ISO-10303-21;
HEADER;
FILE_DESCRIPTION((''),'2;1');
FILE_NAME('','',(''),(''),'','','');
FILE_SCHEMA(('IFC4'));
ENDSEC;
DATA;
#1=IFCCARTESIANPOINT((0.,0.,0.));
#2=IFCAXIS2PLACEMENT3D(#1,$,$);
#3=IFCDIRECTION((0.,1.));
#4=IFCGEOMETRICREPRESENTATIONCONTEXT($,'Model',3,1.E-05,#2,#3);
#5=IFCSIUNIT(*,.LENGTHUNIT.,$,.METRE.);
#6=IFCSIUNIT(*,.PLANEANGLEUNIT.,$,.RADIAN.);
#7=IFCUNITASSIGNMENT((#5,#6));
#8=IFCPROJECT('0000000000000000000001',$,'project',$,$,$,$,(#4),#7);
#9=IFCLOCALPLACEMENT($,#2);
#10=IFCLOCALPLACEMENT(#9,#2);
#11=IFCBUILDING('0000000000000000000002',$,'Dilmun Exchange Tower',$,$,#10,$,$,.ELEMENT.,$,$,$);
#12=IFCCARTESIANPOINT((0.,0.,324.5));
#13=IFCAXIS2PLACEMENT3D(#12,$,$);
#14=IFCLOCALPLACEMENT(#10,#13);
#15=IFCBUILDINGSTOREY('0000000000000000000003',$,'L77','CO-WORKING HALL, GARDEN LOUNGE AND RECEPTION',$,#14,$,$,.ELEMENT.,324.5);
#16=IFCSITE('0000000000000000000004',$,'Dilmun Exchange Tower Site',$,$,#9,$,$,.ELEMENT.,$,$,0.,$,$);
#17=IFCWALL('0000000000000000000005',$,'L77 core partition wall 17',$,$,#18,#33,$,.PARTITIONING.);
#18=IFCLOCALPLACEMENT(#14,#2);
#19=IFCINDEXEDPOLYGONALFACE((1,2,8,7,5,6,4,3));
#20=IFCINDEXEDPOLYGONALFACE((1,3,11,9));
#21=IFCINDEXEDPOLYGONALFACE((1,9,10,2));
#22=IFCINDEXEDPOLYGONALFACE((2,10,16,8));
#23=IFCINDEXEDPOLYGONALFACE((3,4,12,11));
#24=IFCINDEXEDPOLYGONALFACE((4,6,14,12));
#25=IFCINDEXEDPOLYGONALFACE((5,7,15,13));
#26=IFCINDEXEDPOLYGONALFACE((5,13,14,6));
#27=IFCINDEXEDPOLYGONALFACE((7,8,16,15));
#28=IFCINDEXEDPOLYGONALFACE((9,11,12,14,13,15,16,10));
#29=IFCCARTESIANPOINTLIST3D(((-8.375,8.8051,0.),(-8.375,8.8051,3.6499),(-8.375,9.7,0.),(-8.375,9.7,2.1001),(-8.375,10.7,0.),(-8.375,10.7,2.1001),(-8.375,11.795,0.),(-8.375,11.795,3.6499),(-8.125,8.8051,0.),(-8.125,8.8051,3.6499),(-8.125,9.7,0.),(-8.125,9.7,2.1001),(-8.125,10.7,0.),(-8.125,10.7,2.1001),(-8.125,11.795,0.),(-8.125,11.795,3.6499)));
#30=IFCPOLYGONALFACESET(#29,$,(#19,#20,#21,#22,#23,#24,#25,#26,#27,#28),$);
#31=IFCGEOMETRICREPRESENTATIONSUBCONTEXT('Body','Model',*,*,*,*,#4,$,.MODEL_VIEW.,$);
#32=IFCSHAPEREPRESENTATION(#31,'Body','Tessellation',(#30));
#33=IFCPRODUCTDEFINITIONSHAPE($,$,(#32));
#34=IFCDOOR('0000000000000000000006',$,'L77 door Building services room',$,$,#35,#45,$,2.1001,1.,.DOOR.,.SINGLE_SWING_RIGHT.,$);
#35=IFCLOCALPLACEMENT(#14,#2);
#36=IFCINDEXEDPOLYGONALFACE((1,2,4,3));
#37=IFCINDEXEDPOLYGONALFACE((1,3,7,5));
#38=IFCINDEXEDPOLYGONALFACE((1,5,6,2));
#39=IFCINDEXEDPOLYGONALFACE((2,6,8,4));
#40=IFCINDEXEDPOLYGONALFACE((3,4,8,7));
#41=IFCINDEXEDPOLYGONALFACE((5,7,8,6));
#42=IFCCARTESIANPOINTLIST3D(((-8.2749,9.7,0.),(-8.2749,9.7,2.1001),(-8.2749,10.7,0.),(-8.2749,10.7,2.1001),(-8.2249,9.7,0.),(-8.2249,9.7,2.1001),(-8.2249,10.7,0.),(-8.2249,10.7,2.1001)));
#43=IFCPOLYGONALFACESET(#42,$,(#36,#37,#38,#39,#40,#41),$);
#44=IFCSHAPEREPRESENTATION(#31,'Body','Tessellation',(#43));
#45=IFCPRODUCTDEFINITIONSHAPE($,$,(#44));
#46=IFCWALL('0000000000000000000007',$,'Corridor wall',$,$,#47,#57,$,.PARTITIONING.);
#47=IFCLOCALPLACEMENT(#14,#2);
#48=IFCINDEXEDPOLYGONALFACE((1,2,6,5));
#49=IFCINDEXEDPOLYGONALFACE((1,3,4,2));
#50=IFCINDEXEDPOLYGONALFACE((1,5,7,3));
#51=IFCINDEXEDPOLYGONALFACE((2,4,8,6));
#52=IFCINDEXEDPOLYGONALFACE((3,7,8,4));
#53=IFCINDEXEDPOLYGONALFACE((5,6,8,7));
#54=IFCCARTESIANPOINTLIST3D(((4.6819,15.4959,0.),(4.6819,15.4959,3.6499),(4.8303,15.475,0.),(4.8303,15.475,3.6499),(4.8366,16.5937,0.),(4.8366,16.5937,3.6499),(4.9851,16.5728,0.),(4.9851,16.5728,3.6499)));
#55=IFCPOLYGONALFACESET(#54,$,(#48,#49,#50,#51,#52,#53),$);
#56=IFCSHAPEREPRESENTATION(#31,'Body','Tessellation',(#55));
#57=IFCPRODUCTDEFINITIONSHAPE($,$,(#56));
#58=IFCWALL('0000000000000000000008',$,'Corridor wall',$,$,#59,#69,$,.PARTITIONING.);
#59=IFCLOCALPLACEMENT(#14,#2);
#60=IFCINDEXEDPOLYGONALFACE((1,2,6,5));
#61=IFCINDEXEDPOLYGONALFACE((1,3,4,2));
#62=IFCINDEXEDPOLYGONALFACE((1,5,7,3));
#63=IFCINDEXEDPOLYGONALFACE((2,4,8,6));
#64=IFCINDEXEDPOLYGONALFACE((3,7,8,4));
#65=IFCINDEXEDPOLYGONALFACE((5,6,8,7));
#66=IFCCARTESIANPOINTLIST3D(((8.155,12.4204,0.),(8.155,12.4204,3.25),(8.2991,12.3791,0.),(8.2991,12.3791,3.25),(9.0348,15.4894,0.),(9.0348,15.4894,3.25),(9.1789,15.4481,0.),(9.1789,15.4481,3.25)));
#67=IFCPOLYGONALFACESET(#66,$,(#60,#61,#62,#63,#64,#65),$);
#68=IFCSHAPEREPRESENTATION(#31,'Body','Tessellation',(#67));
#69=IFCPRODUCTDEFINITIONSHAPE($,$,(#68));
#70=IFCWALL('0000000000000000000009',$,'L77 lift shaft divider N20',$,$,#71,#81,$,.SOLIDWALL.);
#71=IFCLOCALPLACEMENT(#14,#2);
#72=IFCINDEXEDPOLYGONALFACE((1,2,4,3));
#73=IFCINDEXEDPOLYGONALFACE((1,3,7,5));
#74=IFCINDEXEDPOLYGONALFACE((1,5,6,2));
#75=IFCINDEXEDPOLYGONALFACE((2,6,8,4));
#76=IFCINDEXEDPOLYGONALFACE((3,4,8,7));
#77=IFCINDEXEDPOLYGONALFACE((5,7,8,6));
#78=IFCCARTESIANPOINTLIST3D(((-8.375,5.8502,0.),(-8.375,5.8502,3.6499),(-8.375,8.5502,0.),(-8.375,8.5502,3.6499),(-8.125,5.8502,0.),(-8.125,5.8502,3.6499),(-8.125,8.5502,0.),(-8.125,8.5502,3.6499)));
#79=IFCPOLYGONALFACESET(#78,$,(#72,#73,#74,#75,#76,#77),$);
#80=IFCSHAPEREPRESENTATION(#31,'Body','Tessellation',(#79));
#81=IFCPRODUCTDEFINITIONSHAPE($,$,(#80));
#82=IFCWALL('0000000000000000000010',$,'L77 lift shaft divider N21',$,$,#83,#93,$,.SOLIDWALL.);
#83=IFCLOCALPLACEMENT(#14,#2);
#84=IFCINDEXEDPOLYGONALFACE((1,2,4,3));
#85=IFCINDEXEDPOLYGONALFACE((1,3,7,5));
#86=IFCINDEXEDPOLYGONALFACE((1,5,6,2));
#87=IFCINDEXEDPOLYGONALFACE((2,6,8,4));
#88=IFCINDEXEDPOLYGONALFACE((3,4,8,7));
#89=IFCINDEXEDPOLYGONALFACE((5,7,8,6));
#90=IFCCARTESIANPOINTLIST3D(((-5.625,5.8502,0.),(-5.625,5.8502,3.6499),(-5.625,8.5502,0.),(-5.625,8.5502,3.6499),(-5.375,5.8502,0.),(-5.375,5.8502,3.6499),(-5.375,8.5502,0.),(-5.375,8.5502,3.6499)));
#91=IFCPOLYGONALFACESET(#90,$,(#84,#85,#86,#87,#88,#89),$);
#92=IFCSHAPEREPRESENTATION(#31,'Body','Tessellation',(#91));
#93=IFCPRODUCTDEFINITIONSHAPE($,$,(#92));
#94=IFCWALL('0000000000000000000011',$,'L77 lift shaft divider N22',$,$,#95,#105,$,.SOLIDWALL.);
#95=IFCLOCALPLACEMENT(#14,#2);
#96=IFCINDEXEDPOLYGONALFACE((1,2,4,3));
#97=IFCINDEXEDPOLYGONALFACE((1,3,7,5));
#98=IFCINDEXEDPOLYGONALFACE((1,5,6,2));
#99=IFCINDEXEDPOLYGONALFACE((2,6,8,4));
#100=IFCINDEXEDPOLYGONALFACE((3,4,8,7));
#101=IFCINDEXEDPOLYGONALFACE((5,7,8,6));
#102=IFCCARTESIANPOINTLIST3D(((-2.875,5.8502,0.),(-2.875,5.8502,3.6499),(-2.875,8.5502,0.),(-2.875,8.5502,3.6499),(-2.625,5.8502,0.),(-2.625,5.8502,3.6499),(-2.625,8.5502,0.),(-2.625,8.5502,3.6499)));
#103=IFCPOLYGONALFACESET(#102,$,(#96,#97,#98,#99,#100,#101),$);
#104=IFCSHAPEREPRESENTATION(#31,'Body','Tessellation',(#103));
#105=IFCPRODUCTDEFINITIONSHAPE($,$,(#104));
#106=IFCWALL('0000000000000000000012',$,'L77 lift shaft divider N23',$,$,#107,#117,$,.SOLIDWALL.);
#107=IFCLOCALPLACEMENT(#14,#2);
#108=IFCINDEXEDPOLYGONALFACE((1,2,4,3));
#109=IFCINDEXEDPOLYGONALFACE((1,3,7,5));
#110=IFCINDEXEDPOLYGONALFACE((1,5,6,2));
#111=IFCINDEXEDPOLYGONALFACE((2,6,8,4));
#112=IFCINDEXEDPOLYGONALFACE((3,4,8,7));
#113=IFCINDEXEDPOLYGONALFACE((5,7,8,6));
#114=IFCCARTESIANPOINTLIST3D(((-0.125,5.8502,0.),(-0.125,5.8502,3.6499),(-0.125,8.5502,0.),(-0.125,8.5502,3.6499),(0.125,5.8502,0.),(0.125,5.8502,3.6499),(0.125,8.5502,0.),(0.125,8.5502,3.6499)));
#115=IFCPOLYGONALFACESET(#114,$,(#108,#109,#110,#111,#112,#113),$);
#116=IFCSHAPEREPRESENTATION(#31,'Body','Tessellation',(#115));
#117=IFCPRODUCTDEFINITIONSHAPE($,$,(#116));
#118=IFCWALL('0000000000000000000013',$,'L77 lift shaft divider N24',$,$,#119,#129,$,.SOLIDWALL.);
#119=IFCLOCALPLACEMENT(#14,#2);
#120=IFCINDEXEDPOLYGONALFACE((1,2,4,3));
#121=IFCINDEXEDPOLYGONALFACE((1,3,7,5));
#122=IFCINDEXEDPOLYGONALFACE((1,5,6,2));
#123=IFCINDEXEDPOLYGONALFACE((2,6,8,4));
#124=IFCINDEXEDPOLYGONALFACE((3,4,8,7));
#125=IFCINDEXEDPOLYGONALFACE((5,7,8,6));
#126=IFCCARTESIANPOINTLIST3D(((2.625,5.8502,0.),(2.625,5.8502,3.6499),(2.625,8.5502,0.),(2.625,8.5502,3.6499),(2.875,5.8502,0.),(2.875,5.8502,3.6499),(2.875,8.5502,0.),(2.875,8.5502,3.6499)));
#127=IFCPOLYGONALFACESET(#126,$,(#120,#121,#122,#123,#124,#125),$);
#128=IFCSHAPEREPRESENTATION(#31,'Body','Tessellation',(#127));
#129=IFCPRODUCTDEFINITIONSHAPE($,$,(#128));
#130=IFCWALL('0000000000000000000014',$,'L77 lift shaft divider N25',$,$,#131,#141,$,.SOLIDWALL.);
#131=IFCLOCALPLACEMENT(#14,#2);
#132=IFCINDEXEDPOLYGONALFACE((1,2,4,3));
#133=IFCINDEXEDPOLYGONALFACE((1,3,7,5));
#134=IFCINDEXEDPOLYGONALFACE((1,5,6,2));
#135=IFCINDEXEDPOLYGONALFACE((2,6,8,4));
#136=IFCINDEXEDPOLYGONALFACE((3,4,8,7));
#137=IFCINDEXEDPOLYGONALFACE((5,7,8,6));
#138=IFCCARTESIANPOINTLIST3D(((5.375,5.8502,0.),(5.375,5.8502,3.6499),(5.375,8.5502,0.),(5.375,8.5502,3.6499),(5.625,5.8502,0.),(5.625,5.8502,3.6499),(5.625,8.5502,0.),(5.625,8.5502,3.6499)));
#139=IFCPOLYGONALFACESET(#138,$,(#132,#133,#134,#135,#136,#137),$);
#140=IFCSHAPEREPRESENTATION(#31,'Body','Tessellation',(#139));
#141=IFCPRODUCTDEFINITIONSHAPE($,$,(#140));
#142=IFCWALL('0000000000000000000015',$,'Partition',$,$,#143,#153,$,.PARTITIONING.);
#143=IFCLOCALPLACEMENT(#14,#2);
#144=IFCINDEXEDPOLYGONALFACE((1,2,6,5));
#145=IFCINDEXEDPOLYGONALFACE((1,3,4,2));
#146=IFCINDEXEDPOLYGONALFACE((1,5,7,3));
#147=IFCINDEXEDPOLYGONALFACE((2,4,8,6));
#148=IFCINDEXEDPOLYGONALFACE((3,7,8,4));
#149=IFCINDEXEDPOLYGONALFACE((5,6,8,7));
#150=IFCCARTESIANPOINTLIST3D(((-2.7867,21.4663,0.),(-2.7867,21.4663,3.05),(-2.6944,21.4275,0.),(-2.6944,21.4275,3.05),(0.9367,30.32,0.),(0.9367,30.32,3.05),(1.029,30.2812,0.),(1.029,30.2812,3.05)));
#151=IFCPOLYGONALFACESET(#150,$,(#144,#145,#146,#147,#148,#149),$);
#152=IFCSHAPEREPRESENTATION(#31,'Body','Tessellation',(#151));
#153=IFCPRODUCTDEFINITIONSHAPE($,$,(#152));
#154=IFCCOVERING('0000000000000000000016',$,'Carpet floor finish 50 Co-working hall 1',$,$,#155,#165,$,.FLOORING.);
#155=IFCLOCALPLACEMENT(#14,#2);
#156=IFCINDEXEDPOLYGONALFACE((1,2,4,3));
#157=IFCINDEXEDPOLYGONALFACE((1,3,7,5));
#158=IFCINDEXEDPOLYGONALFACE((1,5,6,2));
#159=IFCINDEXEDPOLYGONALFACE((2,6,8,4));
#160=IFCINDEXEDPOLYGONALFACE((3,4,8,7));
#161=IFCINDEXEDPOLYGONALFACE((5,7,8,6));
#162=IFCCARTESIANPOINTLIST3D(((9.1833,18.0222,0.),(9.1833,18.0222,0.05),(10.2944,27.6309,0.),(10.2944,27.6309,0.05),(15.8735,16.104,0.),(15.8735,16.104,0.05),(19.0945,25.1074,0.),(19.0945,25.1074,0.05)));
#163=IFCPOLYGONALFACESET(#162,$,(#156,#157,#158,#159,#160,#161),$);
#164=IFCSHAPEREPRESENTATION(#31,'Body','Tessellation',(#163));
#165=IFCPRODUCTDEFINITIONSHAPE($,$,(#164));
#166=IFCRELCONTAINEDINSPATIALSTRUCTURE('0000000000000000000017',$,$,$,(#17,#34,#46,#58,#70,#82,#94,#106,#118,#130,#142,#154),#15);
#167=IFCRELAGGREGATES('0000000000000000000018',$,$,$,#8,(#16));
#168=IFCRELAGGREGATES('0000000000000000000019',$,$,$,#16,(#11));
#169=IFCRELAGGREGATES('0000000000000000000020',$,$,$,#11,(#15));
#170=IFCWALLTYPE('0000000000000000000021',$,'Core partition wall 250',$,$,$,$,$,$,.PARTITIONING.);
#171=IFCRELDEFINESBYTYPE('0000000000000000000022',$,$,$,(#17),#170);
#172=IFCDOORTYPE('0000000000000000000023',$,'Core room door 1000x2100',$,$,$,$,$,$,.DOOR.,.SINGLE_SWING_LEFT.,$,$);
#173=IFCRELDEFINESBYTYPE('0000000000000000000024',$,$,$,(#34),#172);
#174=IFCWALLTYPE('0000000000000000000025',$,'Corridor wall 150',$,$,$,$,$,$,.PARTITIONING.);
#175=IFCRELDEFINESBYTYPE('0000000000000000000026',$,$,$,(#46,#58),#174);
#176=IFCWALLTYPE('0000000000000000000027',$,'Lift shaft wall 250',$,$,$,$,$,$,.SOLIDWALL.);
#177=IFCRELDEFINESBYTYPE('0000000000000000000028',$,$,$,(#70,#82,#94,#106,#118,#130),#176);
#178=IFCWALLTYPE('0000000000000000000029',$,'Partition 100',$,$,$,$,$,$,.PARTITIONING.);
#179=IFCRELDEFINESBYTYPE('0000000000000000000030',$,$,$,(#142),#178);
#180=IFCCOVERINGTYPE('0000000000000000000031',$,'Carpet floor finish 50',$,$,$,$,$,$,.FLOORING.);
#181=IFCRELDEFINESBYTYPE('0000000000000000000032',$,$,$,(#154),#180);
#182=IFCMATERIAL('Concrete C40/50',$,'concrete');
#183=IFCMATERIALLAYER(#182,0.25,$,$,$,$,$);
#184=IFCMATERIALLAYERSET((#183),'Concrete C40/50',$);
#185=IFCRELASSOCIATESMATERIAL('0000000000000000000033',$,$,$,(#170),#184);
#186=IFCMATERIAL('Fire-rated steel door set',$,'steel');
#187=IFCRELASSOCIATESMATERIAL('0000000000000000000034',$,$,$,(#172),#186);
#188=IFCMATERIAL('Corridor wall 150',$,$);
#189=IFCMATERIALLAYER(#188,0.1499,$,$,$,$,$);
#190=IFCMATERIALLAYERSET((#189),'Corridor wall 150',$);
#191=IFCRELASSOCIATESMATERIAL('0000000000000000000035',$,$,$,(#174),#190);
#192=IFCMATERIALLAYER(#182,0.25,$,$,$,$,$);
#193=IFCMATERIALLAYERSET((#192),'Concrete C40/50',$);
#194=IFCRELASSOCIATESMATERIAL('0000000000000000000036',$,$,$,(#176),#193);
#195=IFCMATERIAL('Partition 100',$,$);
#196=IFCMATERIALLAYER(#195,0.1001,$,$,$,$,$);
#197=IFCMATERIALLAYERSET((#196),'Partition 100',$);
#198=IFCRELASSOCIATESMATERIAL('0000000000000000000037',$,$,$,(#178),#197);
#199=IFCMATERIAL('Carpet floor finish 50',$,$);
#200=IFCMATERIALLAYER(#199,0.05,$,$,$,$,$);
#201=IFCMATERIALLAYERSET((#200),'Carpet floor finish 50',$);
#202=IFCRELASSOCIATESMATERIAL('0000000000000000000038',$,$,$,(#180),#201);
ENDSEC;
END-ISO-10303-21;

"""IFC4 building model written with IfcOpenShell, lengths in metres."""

from ifc_helpers import new_model, si_unit, direction, frame, frame_2d, origin, place, context, subcontext, project, spatial, polyline, rectangle, outline, extrude, material, layer, layer_set, type_object, element, fill, save


model = new_model("IFC4")

# Units and contexts
model_context = context("Model", 3, precision=1e-05, world=origin(), true_north=direction((0.0, 1.0)))
body_context = subcontext(model_context, "Body", "Model", "MODEL_VIEW")
ifc_project = project(units=[si_unit("LENGTHUNIT", "METRE"), si_unit("PLANEANGLEUNIT", "RADIAN")], contexts=[model_context])

# Site, building, storey
site_placement = place(None, origin())
site = spatial("IfcSite", under=ifc_project, at=site_placement, Name="Dilmun Exchange Tower Site", CompositionType="ELEMENT", RefElevation=0.0)
building_placement = place(site_placement, origin())
building = spatial("IfcBuilding", under=site, at=building_placement, Name="Dilmun Exchange Tower", CompositionType="ELEMENT")
storey_placement = place(building_placement, frame((0.0, 0.0, 324.5)))
storey = spatial("IfcBuildingStorey", under=building, at=storey_placement, Name="L77", Description="CO-WORKING HALL, GARDEN LOUNGE AND RECEPTION", CompositionType="ELEMENT", Elevation=324.5)

# Shared definitions
ifc_material_1 = material(Name="Concrete C40/50", Category="concrete")

# Shared definitions
ifc_layer_1 = layer(ifc_material_1, 0.25)
ifc_layer_set_1 = layer_set([ifc_layer_1], Name="Concrete C40/50")
wall_type_1 = type_object("IfcWallType", Name="Core partition wall 250", PredefinedType="PARTITIONING", material=ifc_layer_set_1)

# Wall, opening, door
wall_1_placement = place(storey_placement, frame((-8.25, 8.8049, 0.0), z_axis=(0.0, 0.0, 1.0), x_axis=(0.0, 1.0, 0.0)))
wall_1 = element("IfcWall", 1, at=wall_1_placement, inside=storey, type_object=wall_type_1, Name="L77 core partition wall 17", PredefinedType="PARTITIONING", context=body_context, shape_type="SweptSolid", body=[
    extrude(rectangle(XDim=2.99, YDim=0.25, at=frame_2d((1.4951, 0.0))), origin(), (0.0, 0.0, 1.0), 3.6499),
])
opening_placement = place(wall_1_placement, frame((0.895, 0.0, 0.0)))
opening = element("IfcOpeningElement", 2, at=opening_placement, cuts=wall_1, PredefinedType="OPENING", context=body_context, shape_type="SweptSolid", body=[
    extrude(rectangle(XDim=1.0, YDim=2.1001, at=frame_2d((0.5, 1.05))), frame((0.0, 0.135, 0.0), z_axis=(0.0, -1.0, 0.0), x_axis=(1.0, 0.0, 0.0)), (0.0, 0.0, 1.0), 0.27),
])
ifc_material_2 = material(Name="Fire-rated steel door set", Category="steel")
door_type = type_object("IfcDoorType", Name="Core room door 1000x2100", OperationType="SINGLE_SWING_LEFT", PredefinedType="DOOR", material=ifc_material_2)
door_placement = place(opening_placement, origin())
door = element("IfcDoor", 3, at=door_placement, inside=storey, type_object=door_type, Name="L77 door Building services room", OperationType="SINGLE_SWING_RIGHT", OverallHeight=2.1001, OverallWidth=1.0, PredefinedType="DOOR", context=body_context, shape_type="SweptSolid", body=[
    extrude(rectangle(XDim=1.0, YDim=2.1001, at=frame_2d((0.5, 1.05))), frame((0.0, 0.0249, 0.0), z_axis=(0.0, -1.0, 0.0), x_axis=(1.0, 0.0, 0.0)), (0.0, 0.0, 1.0), 0.05),
])
fill(opening, door)

# Walls
ifc_material_3 = material(Name="Corridor wall 150")
ifc_layer_2 = layer(ifc_material_3, 0.1499)
ifc_layer_set_2 = layer_set([ifc_layer_2], Name="Corridor wall 150")
wall_type_2 = type_object("IfcWallType", Name="Corridor wall 150", PredefinedType="PARTITIONING", material=ifc_layer_set_2)
wall_2_placement = place(storey_placement, frame((4.7561, 15.4856, 0.0), z_axis=(0.0, 0.0, 1.0), x_axis=(0.139602, 0.990208, 0.0)))
element("IfcWall", 4, at=wall_2_placement, inside=storey, type_object=wall_type_2, Name="Corridor wall", PredefinedType="PARTITIONING", context=body_context, shape_type="SweptSolid", body=[
    extrude(rectangle(XDim=1.1086, YDim=0.1499, at=frame_2d((0.5542, 0.0))), origin(), (0.0, 0.0, 1.0), 3.6499),
])
wall_3_placement = place(storey_placement, frame((8.2271, 12.3999, 0.0), z_axis=(0.0, 0.0, 1.0), x_axis=(0.27559, 0.961275, 0.0)))
element("IfcWall", 5, at=wall_3_placement, inside=storey, type_object=wall_type_2, Name="Corridor wall", PredefinedType="PARTITIONING", context=body_context, shape_type="SweptSolid", body=[
    extrude(rectangle(XDim=3.1926, YDim=0.1499, at=frame_2d((1.5962, 0.0))), origin(), (0.0, 0.0, 1.0), 3.25),
])
ifc_layer_3 = layer(ifc_material_1, 0.25)
ifc_layer_set_3 = layer_set([ifc_layer_3], Name="Concrete C40/50")
wall_type_3 = type_object("IfcWallType", Name="Lift shaft wall 250", PredefinedType="SOLIDWALL", material=ifc_layer_set_3)
for number, where, z_axis, x_axis, name in (
    (6, (-8.25, 5.8501, 0.0), (0.0, 0.0, 1.0), (0.0, 1.0, 0.0), "L77 lift shaft divider N20"),
    (7, (-5.5, 5.8501, 0.0), (0.0, 0.0, 1.0), (0.0, 1.0, 0.0), "L77 lift shaft divider N21"),
    (8, (-2.75, 5.8501, 0.0), (0.0, 0.0, 1.0), (0.0, 1.0, 0.0), "L77 lift shaft divider N22"),
    (9, (0.0, 5.8501, 0.0), (0.0, 0.0, 1.0), (0.0, 1.0, 0.0), "L77 lift shaft divider N23"),
    (10, (2.75, 5.8501, 0.0), (0.0, 0.0, 1.0), (0.0, 1.0, 0.0), "L77 lift shaft divider N24"),
    (11, (5.5, 5.8501, 0.0), (0.0, 0.0, 1.0), (0.0, 1.0, 0.0), "L77 lift shaft divider N25"),
):
    element("IfcWall", number, at=place(storey_placement, frame(where, z_axis=z_axis, x_axis=x_axis)), inside=storey, type_object=wall_type_3, Name=name, PredefinedType="SOLIDWALL", context=body_context, shape_type="SweptSolid", body=[
        extrude(rectangle(XDim=2.7, YDim=0.25, at=frame_2d((1.3501, 0.0))), origin(), (0.0, 0.0, 1.0), 3.6499),
    ])
ifc_material_4 = material(Name="Partition 100")
ifc_layer_4 = layer(ifc_material_4, 0.1001)
ifc_layer_set_4 = layer_set([ifc_layer_4], Name="Partition 100")
wall_type_4 = type_object("IfcWallType", Name="Partition 100", PredefinedType="PARTITIONING", material=ifc_layer_set_4)
wall_4_placement = place(storey_placement, frame((-2.7405, 21.447, 0.0), z_axis=(0.0, 0.0, 1.0), x_axis=(0.387658, 0.921803, 0.0)))
element("IfcWall", 12, at=wall_4_placement, inside=storey, type_object=wall_type_4, Name="Partition", PredefinedType="PARTITIONING", context=body_context, shape_type="SweptSolid", body=[
    extrude(rectangle(XDim=9.6047, YDim=0.1001, at=frame_2d((4.8022, 0.0))), origin(), (0.0, 0.0, 1.0), 3.05),
])

# Covering
ifc_material_5 = material(Name="Carpet floor finish 50")
ifc_layer_5 = layer(ifc_material_5, 0.05)
ifc_layer_set_5 = layer_set([ifc_layer_5], Name="Carpet floor finish 50")
covering_type_1 = type_object("IfcCoveringType", Name="Carpet floor finish 50", PredefinedType="FLOORING", material=ifc_layer_set_5)
covering_1_placement = place(storey_placement, origin())
element("IfcCovering", 13, at=covering_1_placement, inside=storey, type_object=covering_type_1, Name="Carpet floor finish 50 Co-working hall 1", PredefinedType="FLOORING", context=body_context, shape_type="SweptSolid", body=[
    extrude(outline(polyline([(15.8735, 16.104), (9.1833, 18.0222), (10.2944, 27.6309), (19.0945, 25.1074), (15.8735, 16.104)])), origin(), (0.0, 0.0, 1.0), 0.05),
])

save(model, "model.ifc")
